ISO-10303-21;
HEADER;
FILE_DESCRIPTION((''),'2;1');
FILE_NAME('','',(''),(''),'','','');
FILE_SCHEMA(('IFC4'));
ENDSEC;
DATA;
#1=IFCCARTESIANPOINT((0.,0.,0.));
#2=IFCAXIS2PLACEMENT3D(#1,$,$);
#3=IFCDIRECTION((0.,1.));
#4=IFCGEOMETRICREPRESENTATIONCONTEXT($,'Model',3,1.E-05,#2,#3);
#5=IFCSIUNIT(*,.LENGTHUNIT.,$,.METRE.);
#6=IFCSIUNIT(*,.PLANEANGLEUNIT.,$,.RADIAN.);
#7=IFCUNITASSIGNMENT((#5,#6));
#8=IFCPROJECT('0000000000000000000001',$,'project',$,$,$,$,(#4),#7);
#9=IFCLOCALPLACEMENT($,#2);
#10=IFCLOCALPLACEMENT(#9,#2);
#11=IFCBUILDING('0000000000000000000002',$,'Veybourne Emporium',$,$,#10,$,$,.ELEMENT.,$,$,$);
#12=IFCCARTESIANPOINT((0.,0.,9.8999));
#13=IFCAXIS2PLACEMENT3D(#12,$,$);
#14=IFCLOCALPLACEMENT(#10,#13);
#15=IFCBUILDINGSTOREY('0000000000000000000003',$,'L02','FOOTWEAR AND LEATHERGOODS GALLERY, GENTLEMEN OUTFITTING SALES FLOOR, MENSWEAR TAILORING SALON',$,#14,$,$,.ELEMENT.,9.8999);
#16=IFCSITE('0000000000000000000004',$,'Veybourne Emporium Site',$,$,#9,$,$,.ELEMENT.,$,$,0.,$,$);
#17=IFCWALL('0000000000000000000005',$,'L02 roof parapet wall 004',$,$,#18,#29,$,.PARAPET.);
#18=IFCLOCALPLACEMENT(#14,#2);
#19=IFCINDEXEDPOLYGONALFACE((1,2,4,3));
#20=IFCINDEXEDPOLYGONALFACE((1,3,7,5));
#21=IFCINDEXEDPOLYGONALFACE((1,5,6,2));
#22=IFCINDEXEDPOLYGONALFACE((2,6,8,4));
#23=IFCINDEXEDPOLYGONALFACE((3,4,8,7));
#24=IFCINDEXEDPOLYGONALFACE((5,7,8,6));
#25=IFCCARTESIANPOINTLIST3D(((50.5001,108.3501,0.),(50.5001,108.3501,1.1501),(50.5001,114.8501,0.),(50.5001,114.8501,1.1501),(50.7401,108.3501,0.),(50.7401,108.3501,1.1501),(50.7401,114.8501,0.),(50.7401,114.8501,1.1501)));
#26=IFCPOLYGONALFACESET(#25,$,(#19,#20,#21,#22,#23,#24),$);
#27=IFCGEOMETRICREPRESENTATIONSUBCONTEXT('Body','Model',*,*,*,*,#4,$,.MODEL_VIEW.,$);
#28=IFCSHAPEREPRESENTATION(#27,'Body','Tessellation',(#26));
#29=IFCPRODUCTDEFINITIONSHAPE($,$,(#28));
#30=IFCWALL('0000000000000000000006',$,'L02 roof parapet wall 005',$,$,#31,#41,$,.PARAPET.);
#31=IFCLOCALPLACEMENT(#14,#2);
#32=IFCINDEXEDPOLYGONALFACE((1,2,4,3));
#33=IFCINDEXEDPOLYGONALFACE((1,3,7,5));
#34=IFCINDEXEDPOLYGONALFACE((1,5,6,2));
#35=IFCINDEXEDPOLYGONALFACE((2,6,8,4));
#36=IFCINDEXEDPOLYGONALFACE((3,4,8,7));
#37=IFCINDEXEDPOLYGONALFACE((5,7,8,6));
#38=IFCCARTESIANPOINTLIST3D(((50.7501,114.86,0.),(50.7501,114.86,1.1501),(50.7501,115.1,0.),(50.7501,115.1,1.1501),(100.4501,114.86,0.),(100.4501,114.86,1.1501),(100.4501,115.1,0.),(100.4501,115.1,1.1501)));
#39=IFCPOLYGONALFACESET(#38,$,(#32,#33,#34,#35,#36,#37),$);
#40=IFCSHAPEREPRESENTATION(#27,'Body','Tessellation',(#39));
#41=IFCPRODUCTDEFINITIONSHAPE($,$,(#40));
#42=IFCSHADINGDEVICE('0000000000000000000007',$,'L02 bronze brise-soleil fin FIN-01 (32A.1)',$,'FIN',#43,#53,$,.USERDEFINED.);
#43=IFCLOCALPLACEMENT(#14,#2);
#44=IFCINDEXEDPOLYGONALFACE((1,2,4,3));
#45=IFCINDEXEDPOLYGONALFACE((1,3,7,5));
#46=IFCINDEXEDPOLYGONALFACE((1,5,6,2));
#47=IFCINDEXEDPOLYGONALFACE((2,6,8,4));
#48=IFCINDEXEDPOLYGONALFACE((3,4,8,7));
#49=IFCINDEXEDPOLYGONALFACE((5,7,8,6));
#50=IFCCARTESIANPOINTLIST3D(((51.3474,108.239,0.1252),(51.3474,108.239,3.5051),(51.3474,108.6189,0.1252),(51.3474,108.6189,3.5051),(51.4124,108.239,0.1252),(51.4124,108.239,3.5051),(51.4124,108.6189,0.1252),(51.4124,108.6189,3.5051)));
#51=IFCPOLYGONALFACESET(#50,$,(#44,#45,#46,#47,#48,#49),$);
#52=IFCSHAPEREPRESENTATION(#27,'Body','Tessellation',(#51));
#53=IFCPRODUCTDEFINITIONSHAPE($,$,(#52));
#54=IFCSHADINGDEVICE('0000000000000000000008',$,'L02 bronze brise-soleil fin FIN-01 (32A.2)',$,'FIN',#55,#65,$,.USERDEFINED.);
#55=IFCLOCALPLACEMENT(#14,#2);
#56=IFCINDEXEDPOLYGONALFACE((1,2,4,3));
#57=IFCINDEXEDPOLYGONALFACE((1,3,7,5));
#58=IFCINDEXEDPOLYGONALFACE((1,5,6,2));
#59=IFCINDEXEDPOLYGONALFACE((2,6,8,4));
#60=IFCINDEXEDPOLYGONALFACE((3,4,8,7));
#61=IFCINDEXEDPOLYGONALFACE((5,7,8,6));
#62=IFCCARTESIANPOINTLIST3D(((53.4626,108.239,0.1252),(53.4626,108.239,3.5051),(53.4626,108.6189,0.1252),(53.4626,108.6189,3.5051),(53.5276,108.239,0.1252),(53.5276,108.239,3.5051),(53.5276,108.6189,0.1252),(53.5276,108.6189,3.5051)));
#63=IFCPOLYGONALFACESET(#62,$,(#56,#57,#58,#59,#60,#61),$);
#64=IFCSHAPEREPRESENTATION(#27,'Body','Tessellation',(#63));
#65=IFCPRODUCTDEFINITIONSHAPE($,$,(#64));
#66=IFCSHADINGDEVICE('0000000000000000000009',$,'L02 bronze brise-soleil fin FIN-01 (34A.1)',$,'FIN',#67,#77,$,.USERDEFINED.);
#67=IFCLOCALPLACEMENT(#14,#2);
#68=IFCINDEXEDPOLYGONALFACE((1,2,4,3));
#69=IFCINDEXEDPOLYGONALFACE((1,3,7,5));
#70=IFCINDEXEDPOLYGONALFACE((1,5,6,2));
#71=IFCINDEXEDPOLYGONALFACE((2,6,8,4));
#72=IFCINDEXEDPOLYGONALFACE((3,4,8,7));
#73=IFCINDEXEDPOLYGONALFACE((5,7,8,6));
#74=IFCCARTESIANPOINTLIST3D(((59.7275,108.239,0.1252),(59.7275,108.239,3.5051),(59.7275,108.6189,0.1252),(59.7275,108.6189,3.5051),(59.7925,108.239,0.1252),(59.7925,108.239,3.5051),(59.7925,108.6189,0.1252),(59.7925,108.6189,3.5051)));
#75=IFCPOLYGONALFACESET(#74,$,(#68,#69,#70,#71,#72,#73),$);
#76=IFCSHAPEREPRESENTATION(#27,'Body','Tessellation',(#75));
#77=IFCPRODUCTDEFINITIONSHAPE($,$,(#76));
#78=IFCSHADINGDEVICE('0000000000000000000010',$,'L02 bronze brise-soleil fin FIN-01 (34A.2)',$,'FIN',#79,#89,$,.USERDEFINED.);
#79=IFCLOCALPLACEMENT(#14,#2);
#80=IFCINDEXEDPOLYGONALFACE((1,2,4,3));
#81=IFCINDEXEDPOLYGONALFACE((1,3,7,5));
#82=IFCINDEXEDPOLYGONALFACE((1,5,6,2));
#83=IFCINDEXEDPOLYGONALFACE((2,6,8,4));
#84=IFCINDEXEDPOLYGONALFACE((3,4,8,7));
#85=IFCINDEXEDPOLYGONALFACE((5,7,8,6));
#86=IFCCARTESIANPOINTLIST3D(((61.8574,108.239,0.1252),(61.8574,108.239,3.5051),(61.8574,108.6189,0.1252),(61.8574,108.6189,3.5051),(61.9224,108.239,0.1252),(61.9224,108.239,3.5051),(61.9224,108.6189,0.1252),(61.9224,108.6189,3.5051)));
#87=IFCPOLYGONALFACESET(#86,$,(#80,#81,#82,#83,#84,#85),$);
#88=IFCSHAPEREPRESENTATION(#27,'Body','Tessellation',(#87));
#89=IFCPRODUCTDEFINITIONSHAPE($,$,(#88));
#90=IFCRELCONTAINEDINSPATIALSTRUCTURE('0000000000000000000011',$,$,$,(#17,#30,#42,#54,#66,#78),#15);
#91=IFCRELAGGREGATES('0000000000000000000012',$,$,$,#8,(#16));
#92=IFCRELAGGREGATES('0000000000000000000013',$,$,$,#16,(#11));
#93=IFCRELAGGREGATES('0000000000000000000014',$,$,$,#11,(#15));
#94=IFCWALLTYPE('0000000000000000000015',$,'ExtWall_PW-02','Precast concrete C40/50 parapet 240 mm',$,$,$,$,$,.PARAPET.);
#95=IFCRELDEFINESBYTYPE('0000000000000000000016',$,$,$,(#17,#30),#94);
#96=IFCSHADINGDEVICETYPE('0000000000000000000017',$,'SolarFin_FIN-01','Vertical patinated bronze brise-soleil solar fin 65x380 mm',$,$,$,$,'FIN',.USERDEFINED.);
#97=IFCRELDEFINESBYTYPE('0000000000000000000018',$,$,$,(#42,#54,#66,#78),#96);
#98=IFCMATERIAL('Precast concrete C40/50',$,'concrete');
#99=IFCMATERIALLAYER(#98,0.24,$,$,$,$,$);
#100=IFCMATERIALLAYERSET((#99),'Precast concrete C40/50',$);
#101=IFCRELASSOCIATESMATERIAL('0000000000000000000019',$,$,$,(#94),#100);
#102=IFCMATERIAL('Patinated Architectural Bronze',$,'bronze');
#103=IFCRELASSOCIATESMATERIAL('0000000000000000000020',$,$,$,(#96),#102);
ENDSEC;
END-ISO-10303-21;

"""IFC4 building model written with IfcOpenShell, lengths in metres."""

from ifc_helpers import new_model, si_unit, direction, frame, frame_2d, origin, origin_2d, place, context, subcontext, project, spatial, rectangle, extrude, material, layer, layer_set, type_object, element, save


model = new_model("IFC4")

# Units and contexts
model_context = context("Model", 3, precision=1e-05, world=origin(), true_north=direction((0.0, 1.0)))
body_context = subcontext(model_context, "Body", "Model", "MODEL_VIEW")
ifc_project = project(units=[si_unit("LENGTHUNIT", "METRE"), si_unit("PLANEANGLEUNIT", "RADIAN")], contexts=[model_context])

# Site, building, storey
site_placement = place(None, origin())
site = spatial("IfcSite", under=ifc_project, at=site_placement, Name="Veybourne Emporium Site", CompositionType="ELEMENT", RefElevation=0.0)
building_placement = place(site_placement, origin())
building = spatial("IfcBuilding", under=site, at=building_placement, Name="Veybourne Emporium", CompositionType="ELEMENT")
storey_placement = place(building_placement, frame((0.0, 0.0, 9.8999)))
storey = spatial("IfcBuildingStorey", under=building, at=storey_placement, Name="L02", Description="FOOTWEAR AND LEATHERGOODS GALLERY, GENTLEMEN OUTFITTING SALES FLOOR, MENSWEAR TAILORING SALON", CompositionType="ELEMENT", Elevation=9.8999)

# Walls
ifc_material_1 = material(Name="Precast concrete C40/50", Category="concrete")
ifc_layer_1 = layer(ifc_material_1, 0.24)
ifc_layer_set_1 = layer_set([ifc_layer_1], Name="Precast concrete C40/50")
wall_type_1 = type_object("IfcWallType", Name="ExtWall_PW-02", Description="Precast concrete C40/50 parapet 240 mm", PredefinedType="PARAPET", material=ifc_layer_set_1)
wall_1_placement = place(storey_placement, frame((50.6201, 108.3501, 0.0), z_axis=(0.0, 0.0, 1.0), x_axis=(0.0, 1.0, 0.0)))
element("IfcWall", 1, at=wall_1_placement, inside=storey, type_object=wall_type_1, Name="L02 roof parapet wall 004", PredefinedType="PARAPET", context=body_context, shape_type="SweptSolid", body=[
    extrude(rectangle(XDim=6.5, YDim=0.24, at=frame_2d((3.25, 0.0))), origin(), (0.0, 0.0, 1.0), 1.1501),
])
wall_2_placement = place(storey_placement, frame((50.75, 114.98, 0.0), z_axis=(0.0, 0.0, 1.0), x_axis=(1.0, 0.0, 0.0)))
element("IfcWall", 2, at=wall_2_placement, inside=storey, type_object=wall_type_1, Name="L02 roof parapet wall 005", PredefinedType="PARAPET", context=body_context, shape_type="SweptSolid", body=[
    extrude(rectangle(XDim=49.7, YDim=0.24, at=frame_2d((24.8501, 0.0))), origin(), (0.0, 0.0, 1.0), 1.1501),
])

# Shading devices
ifc_material_2 = material(Name="Patinated Architectural Bronze", Category="bronze")
shading_device_type = type_object("IfcShadingDeviceType", Name="SolarFin_FIN-01", Description="Vertical patinated bronze brise-soleil solar fin 65x380 mm", ElementType="FIN", PredefinedType="USERDEFINED", material=ifc_material_2)
for number, where, z_axis, x_axis, name in (
    (3, (51.3799, 108.429, 0.1252), (0.0, 0.0, 1.0), (1.0, 0.0, 0.0), "L02 bronze brise-soleil fin FIN-01 (32A.1)"),
    (4, (53.4951, 108.429, 0.1252), (0.0, 0.0, 1.0), (1.0, 0.0, 0.0), "L02 bronze brise-soleil fin FIN-01 (32A.2)"),
    (5, (59.76, 108.429, 0.1252), (0.0, 0.0, 1.0), (1.0, 0.0, 0.0), "L02 bronze brise-soleil fin FIN-01 (34A.1)"),
    (6, (61.8899, 108.429, 0.1252), (0.0, 0.0, 1.0), (1.0, 0.0, 0.0), "L02 bronze brise-soleil fin FIN-01 (34A.2)"),
):
    element("IfcShadingDevice", number, at=place(storey_placement, frame(where, z_axis=z_axis, x_axis=x_axis)), inside=storey, type_object=shading_device_type, Name=name, ObjectType="FIN", PredefinedType="USERDEFINED", context=body_context, shape_type="SweptSolid", body=[
        extrude(rectangle(XDim=0.0649, YDim=0.3799, at=origin_2d()), origin(), (0.0, 0.0, 1.0), 3.3799),
    ])

save(model, "model.ifc")
